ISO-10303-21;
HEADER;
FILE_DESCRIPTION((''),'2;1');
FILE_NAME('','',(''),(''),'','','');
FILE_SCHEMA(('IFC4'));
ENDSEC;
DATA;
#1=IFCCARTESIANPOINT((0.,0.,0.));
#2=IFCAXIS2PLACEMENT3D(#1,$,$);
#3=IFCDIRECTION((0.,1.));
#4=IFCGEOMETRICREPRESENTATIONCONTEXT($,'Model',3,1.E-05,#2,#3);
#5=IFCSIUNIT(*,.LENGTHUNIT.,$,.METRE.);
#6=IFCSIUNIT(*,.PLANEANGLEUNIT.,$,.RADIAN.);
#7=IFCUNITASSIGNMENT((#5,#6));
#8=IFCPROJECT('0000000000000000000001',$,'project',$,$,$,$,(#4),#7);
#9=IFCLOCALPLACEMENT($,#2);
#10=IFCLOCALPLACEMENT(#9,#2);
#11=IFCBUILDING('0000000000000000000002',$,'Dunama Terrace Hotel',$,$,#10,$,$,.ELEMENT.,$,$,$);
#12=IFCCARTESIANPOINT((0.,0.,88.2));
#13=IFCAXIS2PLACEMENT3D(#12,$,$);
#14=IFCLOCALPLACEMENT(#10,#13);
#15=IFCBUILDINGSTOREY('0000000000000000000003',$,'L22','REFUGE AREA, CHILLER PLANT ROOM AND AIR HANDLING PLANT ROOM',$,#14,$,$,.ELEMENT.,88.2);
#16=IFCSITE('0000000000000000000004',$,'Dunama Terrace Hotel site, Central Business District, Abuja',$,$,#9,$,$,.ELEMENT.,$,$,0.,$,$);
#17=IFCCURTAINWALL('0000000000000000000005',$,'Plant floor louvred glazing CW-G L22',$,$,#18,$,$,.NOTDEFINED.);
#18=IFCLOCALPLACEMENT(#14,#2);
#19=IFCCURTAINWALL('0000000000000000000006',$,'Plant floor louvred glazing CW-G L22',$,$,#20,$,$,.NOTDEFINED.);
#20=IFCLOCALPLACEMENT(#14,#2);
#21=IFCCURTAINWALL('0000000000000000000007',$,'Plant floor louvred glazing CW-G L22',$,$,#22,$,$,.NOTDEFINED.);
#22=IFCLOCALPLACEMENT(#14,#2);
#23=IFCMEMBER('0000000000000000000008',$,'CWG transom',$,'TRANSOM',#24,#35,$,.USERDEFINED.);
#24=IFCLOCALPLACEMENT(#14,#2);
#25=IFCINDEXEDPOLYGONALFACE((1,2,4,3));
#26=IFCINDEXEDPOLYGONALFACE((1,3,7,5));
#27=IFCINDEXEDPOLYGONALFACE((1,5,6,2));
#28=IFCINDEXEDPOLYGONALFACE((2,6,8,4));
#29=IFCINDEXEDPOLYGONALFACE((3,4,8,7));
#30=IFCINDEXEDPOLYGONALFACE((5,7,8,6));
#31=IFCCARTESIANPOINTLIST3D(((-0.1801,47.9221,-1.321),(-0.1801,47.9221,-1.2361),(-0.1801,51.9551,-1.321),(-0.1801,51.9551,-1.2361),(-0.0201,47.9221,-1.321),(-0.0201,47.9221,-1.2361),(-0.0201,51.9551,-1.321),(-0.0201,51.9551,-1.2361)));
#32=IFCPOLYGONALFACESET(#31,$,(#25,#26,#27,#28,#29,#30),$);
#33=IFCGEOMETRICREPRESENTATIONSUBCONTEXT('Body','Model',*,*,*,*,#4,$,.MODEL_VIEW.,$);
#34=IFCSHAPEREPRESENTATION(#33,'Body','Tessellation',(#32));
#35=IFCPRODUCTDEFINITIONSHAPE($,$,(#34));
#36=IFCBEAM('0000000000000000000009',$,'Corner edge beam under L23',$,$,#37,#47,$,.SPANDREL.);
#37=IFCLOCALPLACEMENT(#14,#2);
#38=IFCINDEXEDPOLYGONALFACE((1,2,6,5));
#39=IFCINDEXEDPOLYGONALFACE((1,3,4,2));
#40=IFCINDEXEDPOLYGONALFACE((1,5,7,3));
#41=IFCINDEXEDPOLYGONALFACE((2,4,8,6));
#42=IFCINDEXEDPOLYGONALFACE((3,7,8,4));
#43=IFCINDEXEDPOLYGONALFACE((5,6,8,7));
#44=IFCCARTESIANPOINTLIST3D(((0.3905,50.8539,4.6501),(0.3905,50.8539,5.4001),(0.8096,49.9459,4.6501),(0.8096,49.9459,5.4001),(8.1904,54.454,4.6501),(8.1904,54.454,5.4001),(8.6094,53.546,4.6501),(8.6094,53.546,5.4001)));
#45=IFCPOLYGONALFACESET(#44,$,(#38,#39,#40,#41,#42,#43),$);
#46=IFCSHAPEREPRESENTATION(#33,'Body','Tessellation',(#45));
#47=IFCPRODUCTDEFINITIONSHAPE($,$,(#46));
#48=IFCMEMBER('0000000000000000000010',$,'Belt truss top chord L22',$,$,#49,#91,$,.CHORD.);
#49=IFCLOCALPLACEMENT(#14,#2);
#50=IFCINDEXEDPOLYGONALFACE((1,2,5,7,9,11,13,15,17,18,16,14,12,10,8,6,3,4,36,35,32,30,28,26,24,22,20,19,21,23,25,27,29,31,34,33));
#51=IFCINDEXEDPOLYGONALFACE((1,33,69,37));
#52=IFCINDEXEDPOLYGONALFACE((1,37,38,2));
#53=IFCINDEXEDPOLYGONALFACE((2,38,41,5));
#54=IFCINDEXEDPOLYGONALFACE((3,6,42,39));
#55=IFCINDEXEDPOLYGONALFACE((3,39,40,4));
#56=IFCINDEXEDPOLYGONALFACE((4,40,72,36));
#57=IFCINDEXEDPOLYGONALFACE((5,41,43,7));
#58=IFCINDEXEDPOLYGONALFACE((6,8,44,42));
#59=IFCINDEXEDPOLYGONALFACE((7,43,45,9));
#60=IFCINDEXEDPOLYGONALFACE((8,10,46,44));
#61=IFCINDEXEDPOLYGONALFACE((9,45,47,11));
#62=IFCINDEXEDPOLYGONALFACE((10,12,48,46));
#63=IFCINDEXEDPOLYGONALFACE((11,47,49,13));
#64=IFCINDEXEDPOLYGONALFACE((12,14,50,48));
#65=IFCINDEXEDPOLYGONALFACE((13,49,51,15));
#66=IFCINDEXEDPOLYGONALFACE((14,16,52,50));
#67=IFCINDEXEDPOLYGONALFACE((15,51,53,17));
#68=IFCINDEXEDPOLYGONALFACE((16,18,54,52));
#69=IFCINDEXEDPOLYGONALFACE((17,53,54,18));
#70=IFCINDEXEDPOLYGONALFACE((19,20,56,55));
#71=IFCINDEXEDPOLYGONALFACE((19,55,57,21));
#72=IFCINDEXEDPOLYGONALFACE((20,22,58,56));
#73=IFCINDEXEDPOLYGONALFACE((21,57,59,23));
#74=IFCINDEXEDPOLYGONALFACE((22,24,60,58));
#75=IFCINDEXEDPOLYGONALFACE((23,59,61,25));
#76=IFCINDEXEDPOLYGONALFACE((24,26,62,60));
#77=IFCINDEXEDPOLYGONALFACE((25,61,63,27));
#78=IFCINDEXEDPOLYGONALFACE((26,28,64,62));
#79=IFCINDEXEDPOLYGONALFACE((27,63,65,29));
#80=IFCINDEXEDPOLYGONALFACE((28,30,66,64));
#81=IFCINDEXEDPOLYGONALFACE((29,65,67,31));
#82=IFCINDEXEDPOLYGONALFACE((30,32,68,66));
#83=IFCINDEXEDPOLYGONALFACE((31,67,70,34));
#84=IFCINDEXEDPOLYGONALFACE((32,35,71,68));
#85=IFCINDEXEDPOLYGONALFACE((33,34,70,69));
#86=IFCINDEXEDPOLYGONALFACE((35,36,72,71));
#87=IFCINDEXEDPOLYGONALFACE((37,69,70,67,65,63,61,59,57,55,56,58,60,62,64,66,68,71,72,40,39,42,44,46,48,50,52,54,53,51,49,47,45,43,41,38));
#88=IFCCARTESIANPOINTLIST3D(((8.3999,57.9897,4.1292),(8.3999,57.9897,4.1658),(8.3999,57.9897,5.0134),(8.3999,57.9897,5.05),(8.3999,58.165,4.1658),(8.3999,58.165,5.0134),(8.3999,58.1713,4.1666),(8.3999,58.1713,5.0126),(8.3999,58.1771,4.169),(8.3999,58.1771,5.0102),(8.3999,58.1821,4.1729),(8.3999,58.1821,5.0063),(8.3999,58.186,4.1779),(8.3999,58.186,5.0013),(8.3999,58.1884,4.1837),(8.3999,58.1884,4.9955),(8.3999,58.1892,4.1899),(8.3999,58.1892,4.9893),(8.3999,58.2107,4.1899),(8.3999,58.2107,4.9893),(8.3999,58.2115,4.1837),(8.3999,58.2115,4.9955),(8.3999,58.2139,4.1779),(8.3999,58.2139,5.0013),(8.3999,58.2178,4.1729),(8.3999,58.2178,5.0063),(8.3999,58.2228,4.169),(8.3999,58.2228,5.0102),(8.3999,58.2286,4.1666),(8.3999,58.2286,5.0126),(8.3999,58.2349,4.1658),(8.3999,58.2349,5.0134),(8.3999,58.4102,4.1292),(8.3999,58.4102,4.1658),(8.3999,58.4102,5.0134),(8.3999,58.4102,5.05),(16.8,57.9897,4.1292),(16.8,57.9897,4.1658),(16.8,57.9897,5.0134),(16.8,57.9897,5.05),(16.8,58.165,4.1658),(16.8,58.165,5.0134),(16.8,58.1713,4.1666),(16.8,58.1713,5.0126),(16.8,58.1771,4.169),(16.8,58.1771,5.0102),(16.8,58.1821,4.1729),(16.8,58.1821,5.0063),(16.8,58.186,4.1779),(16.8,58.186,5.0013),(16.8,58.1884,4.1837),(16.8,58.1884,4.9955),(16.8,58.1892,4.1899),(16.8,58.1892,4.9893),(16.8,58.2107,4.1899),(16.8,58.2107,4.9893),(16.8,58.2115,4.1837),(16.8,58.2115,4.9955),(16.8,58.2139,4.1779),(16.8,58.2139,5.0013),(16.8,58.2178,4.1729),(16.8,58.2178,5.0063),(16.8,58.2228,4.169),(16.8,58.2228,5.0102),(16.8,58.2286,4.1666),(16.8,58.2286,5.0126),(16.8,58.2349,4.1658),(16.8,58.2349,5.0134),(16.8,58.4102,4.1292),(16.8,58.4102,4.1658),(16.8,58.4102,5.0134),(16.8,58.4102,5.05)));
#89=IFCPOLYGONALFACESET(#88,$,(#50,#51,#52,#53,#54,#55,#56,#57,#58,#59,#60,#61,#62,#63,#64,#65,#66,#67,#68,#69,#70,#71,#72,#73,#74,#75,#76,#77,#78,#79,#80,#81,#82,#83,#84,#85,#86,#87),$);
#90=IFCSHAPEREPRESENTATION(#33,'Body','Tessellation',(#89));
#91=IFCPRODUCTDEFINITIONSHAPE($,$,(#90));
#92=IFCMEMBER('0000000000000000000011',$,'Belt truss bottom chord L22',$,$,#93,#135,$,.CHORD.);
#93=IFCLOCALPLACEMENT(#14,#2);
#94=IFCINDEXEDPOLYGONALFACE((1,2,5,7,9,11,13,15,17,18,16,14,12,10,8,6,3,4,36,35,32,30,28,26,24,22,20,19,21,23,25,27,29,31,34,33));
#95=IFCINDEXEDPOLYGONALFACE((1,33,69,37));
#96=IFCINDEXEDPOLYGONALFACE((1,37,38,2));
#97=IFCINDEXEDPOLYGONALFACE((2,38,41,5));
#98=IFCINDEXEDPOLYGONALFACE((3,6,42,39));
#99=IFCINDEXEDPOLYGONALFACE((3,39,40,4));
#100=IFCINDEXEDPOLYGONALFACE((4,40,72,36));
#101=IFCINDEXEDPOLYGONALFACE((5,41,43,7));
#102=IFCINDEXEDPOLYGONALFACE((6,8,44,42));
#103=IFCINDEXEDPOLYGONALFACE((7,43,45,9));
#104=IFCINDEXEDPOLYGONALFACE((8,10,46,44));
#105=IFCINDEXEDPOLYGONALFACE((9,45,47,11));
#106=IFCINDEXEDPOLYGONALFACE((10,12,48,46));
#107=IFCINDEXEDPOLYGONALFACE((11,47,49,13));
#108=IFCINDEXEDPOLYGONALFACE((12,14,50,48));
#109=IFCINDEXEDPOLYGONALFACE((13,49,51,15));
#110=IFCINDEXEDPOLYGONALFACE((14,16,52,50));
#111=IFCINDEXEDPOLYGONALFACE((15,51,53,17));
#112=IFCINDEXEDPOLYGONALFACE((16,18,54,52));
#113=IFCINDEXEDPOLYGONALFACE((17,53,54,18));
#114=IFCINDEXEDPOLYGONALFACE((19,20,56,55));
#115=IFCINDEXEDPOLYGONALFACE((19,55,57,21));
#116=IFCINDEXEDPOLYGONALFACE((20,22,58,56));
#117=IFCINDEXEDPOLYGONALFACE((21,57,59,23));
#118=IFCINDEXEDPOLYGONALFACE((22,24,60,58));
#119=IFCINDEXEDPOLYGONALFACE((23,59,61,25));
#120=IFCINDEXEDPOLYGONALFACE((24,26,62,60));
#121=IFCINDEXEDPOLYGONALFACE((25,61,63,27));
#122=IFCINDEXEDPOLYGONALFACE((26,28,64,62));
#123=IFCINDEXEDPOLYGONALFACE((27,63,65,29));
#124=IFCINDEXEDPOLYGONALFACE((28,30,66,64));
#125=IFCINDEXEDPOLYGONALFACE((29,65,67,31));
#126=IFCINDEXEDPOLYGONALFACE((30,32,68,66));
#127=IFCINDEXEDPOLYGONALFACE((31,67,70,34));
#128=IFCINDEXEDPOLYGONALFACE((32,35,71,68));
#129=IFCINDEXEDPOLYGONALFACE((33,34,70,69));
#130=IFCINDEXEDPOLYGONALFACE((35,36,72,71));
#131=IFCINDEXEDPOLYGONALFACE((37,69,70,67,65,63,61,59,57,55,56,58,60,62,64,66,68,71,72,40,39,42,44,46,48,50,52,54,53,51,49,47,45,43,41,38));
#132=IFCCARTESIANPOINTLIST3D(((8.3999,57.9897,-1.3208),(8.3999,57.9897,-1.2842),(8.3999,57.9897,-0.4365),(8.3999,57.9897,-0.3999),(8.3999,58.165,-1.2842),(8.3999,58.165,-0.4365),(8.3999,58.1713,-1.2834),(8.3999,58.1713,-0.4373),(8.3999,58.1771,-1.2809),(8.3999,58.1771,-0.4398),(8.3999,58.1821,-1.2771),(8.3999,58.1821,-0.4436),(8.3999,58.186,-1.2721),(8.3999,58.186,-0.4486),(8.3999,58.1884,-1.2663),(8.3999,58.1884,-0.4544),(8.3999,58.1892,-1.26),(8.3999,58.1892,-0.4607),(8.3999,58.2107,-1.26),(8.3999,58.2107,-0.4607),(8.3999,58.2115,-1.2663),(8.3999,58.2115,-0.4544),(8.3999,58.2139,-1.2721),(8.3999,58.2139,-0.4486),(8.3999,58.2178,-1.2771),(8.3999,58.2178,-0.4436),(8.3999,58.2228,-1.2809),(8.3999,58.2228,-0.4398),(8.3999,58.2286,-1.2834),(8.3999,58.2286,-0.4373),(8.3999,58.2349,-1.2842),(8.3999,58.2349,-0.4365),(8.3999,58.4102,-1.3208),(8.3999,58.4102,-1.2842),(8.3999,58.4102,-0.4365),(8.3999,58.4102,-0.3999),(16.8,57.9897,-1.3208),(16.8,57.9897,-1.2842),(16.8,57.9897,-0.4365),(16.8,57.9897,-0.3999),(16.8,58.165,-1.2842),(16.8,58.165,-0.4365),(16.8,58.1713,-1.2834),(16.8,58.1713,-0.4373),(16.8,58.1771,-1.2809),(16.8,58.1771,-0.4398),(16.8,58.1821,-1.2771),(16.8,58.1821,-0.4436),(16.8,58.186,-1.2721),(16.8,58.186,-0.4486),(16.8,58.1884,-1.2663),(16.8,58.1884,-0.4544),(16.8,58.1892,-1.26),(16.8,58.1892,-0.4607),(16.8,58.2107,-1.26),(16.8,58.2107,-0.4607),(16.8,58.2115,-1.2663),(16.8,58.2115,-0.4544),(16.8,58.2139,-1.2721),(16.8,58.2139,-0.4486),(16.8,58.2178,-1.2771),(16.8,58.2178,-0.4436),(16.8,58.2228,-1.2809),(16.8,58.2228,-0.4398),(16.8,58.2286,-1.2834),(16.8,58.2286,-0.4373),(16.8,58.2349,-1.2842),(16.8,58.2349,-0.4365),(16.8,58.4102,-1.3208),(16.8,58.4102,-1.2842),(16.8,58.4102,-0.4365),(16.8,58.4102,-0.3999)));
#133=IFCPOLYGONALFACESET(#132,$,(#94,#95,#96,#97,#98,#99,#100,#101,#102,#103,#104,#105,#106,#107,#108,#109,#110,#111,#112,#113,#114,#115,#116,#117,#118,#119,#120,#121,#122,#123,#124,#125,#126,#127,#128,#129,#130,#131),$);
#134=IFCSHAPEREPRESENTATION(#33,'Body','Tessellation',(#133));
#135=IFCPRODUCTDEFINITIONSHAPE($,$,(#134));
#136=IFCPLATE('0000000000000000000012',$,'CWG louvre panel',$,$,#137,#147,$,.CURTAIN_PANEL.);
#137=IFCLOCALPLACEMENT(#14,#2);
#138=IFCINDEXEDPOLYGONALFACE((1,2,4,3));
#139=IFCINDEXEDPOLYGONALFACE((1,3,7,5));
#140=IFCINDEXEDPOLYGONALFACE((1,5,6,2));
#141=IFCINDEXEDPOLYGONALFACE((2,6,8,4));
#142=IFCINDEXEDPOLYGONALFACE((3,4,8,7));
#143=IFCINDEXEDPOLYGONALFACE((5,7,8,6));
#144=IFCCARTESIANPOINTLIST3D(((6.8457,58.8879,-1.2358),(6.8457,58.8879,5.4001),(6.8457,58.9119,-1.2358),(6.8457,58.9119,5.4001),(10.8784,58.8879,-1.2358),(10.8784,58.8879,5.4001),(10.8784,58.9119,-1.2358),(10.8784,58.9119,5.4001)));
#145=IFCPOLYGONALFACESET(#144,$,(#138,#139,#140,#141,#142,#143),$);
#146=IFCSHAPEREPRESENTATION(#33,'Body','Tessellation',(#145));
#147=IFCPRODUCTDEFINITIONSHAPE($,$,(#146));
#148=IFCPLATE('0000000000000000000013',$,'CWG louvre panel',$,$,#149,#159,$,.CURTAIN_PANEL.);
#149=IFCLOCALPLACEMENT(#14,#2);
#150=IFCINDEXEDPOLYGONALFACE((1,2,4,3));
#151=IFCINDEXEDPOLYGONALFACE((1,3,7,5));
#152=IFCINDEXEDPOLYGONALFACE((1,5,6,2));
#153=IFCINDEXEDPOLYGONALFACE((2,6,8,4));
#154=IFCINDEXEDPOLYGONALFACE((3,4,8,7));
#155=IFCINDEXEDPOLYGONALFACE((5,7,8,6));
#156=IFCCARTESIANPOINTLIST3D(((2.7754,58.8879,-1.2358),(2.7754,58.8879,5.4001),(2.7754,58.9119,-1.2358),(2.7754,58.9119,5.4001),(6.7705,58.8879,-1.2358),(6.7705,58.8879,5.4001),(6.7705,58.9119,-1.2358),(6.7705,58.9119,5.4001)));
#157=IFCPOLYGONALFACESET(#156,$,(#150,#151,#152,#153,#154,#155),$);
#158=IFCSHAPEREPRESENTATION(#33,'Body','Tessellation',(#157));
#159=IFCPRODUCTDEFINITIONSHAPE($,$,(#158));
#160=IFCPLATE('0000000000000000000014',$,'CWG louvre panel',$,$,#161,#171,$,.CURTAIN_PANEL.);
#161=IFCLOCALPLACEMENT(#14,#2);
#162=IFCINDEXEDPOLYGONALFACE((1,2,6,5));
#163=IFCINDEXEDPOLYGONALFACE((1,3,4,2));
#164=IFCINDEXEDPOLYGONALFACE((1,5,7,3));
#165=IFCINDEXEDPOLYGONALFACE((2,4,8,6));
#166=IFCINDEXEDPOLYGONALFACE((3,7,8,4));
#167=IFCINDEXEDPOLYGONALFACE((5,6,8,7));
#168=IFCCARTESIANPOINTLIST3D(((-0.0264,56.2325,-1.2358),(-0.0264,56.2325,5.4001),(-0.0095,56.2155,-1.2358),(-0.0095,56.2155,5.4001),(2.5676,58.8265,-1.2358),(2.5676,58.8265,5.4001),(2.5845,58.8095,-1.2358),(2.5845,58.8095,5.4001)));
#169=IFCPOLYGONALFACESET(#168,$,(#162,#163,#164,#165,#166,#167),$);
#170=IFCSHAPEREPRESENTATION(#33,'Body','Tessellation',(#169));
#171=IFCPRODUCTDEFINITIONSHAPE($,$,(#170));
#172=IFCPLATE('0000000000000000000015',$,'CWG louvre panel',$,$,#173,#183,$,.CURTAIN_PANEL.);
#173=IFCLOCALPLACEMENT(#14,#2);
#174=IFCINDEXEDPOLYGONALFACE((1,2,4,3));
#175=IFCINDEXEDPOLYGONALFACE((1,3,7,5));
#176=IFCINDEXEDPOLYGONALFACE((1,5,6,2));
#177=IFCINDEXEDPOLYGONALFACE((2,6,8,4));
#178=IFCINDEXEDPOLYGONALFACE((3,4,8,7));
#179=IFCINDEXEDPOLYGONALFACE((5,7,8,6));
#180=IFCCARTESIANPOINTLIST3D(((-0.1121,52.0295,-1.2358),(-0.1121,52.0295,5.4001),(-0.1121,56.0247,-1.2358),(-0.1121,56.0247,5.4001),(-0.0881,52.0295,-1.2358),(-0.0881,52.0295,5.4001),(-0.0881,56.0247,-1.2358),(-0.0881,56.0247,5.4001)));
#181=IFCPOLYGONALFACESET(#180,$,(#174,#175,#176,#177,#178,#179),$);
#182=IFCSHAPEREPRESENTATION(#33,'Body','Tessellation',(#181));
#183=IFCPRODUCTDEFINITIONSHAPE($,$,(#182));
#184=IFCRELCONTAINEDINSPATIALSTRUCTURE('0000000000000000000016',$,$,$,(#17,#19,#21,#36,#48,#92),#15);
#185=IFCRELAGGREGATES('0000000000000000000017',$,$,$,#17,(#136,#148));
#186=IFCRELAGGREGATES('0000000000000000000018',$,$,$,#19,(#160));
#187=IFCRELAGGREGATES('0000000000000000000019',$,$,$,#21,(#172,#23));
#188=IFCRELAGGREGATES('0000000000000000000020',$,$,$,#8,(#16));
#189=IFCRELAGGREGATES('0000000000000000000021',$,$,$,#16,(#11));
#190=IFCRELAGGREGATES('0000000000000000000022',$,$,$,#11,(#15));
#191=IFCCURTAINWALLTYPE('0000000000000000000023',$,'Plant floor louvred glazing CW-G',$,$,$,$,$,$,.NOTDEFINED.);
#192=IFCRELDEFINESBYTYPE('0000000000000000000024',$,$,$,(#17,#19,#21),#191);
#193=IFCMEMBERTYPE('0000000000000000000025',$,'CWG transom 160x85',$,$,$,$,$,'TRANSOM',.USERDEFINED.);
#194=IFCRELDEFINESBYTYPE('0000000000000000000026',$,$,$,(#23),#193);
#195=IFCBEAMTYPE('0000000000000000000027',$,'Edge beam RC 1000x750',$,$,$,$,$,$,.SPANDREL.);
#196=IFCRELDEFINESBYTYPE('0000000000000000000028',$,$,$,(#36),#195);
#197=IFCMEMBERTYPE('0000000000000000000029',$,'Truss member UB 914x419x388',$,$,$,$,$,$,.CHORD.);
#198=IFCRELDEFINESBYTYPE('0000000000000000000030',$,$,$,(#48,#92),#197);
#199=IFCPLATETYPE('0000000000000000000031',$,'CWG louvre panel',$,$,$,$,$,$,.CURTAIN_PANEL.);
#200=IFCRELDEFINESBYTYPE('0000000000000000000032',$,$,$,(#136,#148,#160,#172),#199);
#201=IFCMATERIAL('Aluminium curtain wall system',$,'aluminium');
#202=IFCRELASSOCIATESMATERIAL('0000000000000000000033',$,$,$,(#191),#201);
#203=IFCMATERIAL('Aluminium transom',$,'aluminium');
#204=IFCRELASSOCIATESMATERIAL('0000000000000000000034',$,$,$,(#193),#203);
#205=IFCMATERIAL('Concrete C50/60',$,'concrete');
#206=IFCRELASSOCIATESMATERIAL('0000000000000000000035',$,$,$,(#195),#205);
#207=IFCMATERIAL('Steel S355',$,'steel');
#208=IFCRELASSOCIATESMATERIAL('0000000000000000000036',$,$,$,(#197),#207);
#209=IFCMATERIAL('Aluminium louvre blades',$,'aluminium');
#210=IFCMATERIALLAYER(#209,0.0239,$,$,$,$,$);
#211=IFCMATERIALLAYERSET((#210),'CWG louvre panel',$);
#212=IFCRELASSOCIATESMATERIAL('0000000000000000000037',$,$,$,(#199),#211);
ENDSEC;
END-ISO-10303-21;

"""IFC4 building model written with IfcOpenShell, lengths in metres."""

from ifc_helpers import new_model, si_unit, direction, frame, origin, origin_2d, place, context, subcontext, project, spatial, rectangle, i_section, extrude, material, layer, layer_set, material_profile, profile_set, type_object, element, aggregate, save


model = new_model("IFC4")

# Units and contexts
model_context = context("Model", 3, precision=1e-05, world=origin(), true_north=direction((0.0, 1.0)))
body_context = subcontext(model_context, "Body", "Model", "MODEL_VIEW")
ifc_project = project(units=[si_unit("LENGTHUNIT", "METRE"), si_unit("PLANEANGLEUNIT", "RADIAN")], contexts=[model_context])

# Site, building, storey
site_placement = place(None, origin())
site = spatial("IfcSite", under=ifc_project, at=site_placement, Name="Dunama Terrace Hotel site, Central Business District, Abuja", CompositionType="ELEMENT", RefElevation=0.0)
building_placement = place(site_placement, origin())
building = spatial("IfcBuilding", under=site, at=building_placement, Name="Dunama Terrace Hotel", CompositionType="ELEMENT")
storey_placement = place(building_placement, frame((0.0, 0.0, 88.2)))
storey = spatial("IfcBuildingStorey", under=building, at=storey_placement, Name="L22", Description="REFUGE AREA, CHILLER PLANT ROOM AND AIR HANDLING PLANT ROOM", CompositionType="ELEMENT", Elevation=88.2)

# Curtain walls
ifc_material_1 = material(Name="Aluminium curtain wall system", Category="aluminium")
curtain_wall_type = type_object("IfcCurtainWallType", Name="Plant floor louvred glazing CW-G", PredefinedType="NOTDEFINED", material=ifc_material_1)
curtain_wall_1_placement = place(storey_placement, origin())
curtain_wall_1 = element("IfcCurtainWall", 1, at=curtain_wall_1_placement, inside=storey, type_object=curtain_wall_type, Name="Plant floor louvred glazing CW-G L22", PredefinedType="NOTDEFINED")
curtain_wall_2_placement = place(storey_placement, origin())
curtain_wall_2 = element("IfcCurtainWall", 2, at=curtain_wall_2_placement, inside=storey, type_object=curtain_wall_type, Name="Plant floor louvred glazing CW-G L22", PredefinedType="NOTDEFINED")
curtain_wall_3_placement = place(storey_placement, origin())
curtain_wall_3 = element("IfcCurtainWall", 3, at=curtain_wall_3_placement, inside=storey, type_object=curtain_wall_type, Name="Plant floor louvred glazing CW-G L22", PredefinedType="NOTDEFINED")

# Member
ifc_material_2 = material(Name="Aluminium transom", Category="aluminium")
ifc_material_profile_1 = material_profile(ifc_material_2, rectangle(XDim=0.1599, YDim=0.085, at=origin_2d()), Name="CWG TRANSOM 160X85")
ifc_profile_set_1 = profile_set([ifc_material_profile_1], Name="Aluminium transom")
member_type_1 = type_object("IfcMemberType", Name="CWG transom 160x85", ElementType="TRANSOM", PredefinedType="USERDEFINED", material=ifc_profile_set_1)
member_1_placement = place(storey_placement, frame((-0.1001, 51.9551, -1.2786), z_axis=(0.0, -1.0, 0.0), x_axis=(1.0, 0.0, 0.0)))
member_1 = element("IfcMember", 4, at=member_1_placement, type_object=member_type_1, Name="CWG transom", ObjectType="TRANSOM", PredefinedType="USERDEFINED", context=body_context, shape_type="SweptSolid", body=[
    extrude(rectangle(XDim=0.1599, YDim=0.085, at=origin_2d()), origin(), (0.0, 0.0, 1.0), 4.033),
])

# Beam
ifc_material_3 = material(Name="Concrete C50/60", Category="concrete")
ifc_material_profile_2 = material_profile(ifc_material_3, rectangle(XDim=1.0, YDim=0.75, at=origin_2d()), Name="RC 1000x750")
ifc_profile_set_2 = profile_set([ifc_material_profile_2], Name="Concrete C50/60")
beam_type = type_object("IfcBeamType", Name="Edge beam RC 1000x750", PredefinedType="SPANDREL", material=ifc_profile_set_2)
beam_placement = place(storey_placement, frame((8.3999, 54.0, 5.0251), z_axis=(-0.907951, -0.419076, 0.0), x_axis=(0.419076, -0.907951, 0.0)))
element("IfcBeam", 5, at=beam_placement, inside=storey, type_object=beam_type, Name="Corner edge beam under L23", PredefinedType="SPANDREL", context=body_context, shape_type="SweptSolid", body=[
    extrude(rectangle(XDim=1.0, YDim=0.75, at=origin_2d()), origin(), (0.0, 0.0, 1.0), 8.5906),
])

# Members
ifc_material_4 = material(Name="Steel S355", Category="steel")
ifc_material_profile_3 = material_profile(ifc_material_4, i_section(OverallWidth=0.4204, OverallDepth=0.9209, WebThickness=0.0215, FlangeThickness=0.0366, FilletRadius=0.0242, at=origin_2d()), Name="UB 914x419x388")
ifc_profile_set_3 = profile_set([ifc_material_profile_3], Name="Steel S355")
member_type_2 = type_object("IfcMemberType", Name="Truss member UB 914x419x388", PredefinedType="CHORD", material=ifc_profile_set_3)
for number, where, z_axis, x_axis, name in (
    (6, (8.3999, 58.2, 4.5896), (1.0, 0.0, 0.0), (0.0, 1.0, 0.0), "Belt truss top chord L22"),
    (7, (8.3999, 58.2, -0.8604), (1.0, 0.0, 0.0), (0.0, 1.0, 0.0), "Belt truss bottom chord L22"),
):
    element("IfcMember", number, at=place(storey_placement, frame(where, z_axis=z_axis, x_axis=x_axis)), inside=storey, type_object=member_type_2, Name=name, PredefinedType="CHORD", context=body_context, shape_type="SweptSolid", body=[
        extrude(i_section(OverallWidth=0.4204, OverallDepth=0.9209, WebThickness=0.0215, FlangeThickness=0.0366, FilletRadius=0.0242, at=origin_2d()), origin(), (0.0, 0.0, 1.0), 8.4001),
    ])

# Plates
ifc_material_5 = material(Name="Aluminium louvre blades", Category="aluminium")
ifc_layer = layer(ifc_material_5, 0.0239)
ifc_layer_set = layer_set([ifc_layer], Name="CWG louvre panel")
plate_type = type_object("IfcPlateType", Name="CWG louvre panel", PredefinedType="CURTAIN_PANEL", material=ifc_layer_set)
plate_1_placement = place(storey_placement, frame((8.8621, 58.8999, -1.2358), z_axis=(0.0, 0.0, 1.0), x_axis=(-1.0, 0.0, 0.0)))
plate_1 = element("IfcPlate", 8, at=plate_1_placement, type_object=plate_type, Name="CWG louvre panel", PredefinedType="CURTAIN_PANEL", context=body_context, shape_type="SweptSolid", body=[
    extrude(rectangle(XDim=4.0327, YDim=0.0239, at=origin_2d()), origin(), (0.0, 0.0, 1.0), 6.636),
])
plate_2_placement = place(storey_placement, frame((4.7729, 58.8999, -1.2358), z_axis=(0.0, 0.0, 1.0), x_axis=(-1.0, 0.0, 0.0)))
plate_2 = element("IfcPlate", 9, at=plate_2_placement, type_object=plate_type, Name="CWG louvre panel", PredefinedType="CURTAIN_PANEL", context=body_context, shape_type="SweptSolid", body=[
    extrude(rectangle(XDim=3.9951, YDim=0.0239, at=origin_2d()), origin(), (0.0, 0.0, 1.0), 6.636),
])
aggregate(curtain_wall_1, [plate_1, plate_2])
plate_3_placement = place(storey_placement, frame((1.2791, 57.521, -1.2358), z_axis=(0.0, 0.0, 1.0), x_axis=(-0.707107, -0.707107, 0.0)))
plate_3 = element("IfcPlate", 10, at=plate_3_placement, type_object=plate_type, Name="CWG louvre panel", PredefinedType="CURTAIN_PANEL", context=body_context, shape_type="SweptSolid", body=[
    extrude(rectangle(XDim=3.6685, YDim=0.0239, at=origin_2d()), origin(), (0.0, 0.0, 1.0), 6.636),
])
aggregate(curtain_wall_2, [plate_3])
plate_4_placement = place(storey_placement, frame((-0.1001, 54.0271, -1.2358), z_axis=(0.0, 0.0, 1.0), x_axis=(0.0, -1.0, 0.0)))
plate_4 = element("IfcPlate", 11, at=plate_4_placement, type_object=plate_type, Name="CWG louvre panel", PredefinedType="CURTAIN_PANEL", context=body_context, shape_type="SweptSolid", body=[
    extrude(rectangle(XDim=3.9951, YDim=0.0239, at=origin_2d()), origin(), (0.0, 0.0, 1.0), 6.636),
])
aggregate(curtain_wall_3, [plate_4, member_1])

save(model, "model.ifc")
